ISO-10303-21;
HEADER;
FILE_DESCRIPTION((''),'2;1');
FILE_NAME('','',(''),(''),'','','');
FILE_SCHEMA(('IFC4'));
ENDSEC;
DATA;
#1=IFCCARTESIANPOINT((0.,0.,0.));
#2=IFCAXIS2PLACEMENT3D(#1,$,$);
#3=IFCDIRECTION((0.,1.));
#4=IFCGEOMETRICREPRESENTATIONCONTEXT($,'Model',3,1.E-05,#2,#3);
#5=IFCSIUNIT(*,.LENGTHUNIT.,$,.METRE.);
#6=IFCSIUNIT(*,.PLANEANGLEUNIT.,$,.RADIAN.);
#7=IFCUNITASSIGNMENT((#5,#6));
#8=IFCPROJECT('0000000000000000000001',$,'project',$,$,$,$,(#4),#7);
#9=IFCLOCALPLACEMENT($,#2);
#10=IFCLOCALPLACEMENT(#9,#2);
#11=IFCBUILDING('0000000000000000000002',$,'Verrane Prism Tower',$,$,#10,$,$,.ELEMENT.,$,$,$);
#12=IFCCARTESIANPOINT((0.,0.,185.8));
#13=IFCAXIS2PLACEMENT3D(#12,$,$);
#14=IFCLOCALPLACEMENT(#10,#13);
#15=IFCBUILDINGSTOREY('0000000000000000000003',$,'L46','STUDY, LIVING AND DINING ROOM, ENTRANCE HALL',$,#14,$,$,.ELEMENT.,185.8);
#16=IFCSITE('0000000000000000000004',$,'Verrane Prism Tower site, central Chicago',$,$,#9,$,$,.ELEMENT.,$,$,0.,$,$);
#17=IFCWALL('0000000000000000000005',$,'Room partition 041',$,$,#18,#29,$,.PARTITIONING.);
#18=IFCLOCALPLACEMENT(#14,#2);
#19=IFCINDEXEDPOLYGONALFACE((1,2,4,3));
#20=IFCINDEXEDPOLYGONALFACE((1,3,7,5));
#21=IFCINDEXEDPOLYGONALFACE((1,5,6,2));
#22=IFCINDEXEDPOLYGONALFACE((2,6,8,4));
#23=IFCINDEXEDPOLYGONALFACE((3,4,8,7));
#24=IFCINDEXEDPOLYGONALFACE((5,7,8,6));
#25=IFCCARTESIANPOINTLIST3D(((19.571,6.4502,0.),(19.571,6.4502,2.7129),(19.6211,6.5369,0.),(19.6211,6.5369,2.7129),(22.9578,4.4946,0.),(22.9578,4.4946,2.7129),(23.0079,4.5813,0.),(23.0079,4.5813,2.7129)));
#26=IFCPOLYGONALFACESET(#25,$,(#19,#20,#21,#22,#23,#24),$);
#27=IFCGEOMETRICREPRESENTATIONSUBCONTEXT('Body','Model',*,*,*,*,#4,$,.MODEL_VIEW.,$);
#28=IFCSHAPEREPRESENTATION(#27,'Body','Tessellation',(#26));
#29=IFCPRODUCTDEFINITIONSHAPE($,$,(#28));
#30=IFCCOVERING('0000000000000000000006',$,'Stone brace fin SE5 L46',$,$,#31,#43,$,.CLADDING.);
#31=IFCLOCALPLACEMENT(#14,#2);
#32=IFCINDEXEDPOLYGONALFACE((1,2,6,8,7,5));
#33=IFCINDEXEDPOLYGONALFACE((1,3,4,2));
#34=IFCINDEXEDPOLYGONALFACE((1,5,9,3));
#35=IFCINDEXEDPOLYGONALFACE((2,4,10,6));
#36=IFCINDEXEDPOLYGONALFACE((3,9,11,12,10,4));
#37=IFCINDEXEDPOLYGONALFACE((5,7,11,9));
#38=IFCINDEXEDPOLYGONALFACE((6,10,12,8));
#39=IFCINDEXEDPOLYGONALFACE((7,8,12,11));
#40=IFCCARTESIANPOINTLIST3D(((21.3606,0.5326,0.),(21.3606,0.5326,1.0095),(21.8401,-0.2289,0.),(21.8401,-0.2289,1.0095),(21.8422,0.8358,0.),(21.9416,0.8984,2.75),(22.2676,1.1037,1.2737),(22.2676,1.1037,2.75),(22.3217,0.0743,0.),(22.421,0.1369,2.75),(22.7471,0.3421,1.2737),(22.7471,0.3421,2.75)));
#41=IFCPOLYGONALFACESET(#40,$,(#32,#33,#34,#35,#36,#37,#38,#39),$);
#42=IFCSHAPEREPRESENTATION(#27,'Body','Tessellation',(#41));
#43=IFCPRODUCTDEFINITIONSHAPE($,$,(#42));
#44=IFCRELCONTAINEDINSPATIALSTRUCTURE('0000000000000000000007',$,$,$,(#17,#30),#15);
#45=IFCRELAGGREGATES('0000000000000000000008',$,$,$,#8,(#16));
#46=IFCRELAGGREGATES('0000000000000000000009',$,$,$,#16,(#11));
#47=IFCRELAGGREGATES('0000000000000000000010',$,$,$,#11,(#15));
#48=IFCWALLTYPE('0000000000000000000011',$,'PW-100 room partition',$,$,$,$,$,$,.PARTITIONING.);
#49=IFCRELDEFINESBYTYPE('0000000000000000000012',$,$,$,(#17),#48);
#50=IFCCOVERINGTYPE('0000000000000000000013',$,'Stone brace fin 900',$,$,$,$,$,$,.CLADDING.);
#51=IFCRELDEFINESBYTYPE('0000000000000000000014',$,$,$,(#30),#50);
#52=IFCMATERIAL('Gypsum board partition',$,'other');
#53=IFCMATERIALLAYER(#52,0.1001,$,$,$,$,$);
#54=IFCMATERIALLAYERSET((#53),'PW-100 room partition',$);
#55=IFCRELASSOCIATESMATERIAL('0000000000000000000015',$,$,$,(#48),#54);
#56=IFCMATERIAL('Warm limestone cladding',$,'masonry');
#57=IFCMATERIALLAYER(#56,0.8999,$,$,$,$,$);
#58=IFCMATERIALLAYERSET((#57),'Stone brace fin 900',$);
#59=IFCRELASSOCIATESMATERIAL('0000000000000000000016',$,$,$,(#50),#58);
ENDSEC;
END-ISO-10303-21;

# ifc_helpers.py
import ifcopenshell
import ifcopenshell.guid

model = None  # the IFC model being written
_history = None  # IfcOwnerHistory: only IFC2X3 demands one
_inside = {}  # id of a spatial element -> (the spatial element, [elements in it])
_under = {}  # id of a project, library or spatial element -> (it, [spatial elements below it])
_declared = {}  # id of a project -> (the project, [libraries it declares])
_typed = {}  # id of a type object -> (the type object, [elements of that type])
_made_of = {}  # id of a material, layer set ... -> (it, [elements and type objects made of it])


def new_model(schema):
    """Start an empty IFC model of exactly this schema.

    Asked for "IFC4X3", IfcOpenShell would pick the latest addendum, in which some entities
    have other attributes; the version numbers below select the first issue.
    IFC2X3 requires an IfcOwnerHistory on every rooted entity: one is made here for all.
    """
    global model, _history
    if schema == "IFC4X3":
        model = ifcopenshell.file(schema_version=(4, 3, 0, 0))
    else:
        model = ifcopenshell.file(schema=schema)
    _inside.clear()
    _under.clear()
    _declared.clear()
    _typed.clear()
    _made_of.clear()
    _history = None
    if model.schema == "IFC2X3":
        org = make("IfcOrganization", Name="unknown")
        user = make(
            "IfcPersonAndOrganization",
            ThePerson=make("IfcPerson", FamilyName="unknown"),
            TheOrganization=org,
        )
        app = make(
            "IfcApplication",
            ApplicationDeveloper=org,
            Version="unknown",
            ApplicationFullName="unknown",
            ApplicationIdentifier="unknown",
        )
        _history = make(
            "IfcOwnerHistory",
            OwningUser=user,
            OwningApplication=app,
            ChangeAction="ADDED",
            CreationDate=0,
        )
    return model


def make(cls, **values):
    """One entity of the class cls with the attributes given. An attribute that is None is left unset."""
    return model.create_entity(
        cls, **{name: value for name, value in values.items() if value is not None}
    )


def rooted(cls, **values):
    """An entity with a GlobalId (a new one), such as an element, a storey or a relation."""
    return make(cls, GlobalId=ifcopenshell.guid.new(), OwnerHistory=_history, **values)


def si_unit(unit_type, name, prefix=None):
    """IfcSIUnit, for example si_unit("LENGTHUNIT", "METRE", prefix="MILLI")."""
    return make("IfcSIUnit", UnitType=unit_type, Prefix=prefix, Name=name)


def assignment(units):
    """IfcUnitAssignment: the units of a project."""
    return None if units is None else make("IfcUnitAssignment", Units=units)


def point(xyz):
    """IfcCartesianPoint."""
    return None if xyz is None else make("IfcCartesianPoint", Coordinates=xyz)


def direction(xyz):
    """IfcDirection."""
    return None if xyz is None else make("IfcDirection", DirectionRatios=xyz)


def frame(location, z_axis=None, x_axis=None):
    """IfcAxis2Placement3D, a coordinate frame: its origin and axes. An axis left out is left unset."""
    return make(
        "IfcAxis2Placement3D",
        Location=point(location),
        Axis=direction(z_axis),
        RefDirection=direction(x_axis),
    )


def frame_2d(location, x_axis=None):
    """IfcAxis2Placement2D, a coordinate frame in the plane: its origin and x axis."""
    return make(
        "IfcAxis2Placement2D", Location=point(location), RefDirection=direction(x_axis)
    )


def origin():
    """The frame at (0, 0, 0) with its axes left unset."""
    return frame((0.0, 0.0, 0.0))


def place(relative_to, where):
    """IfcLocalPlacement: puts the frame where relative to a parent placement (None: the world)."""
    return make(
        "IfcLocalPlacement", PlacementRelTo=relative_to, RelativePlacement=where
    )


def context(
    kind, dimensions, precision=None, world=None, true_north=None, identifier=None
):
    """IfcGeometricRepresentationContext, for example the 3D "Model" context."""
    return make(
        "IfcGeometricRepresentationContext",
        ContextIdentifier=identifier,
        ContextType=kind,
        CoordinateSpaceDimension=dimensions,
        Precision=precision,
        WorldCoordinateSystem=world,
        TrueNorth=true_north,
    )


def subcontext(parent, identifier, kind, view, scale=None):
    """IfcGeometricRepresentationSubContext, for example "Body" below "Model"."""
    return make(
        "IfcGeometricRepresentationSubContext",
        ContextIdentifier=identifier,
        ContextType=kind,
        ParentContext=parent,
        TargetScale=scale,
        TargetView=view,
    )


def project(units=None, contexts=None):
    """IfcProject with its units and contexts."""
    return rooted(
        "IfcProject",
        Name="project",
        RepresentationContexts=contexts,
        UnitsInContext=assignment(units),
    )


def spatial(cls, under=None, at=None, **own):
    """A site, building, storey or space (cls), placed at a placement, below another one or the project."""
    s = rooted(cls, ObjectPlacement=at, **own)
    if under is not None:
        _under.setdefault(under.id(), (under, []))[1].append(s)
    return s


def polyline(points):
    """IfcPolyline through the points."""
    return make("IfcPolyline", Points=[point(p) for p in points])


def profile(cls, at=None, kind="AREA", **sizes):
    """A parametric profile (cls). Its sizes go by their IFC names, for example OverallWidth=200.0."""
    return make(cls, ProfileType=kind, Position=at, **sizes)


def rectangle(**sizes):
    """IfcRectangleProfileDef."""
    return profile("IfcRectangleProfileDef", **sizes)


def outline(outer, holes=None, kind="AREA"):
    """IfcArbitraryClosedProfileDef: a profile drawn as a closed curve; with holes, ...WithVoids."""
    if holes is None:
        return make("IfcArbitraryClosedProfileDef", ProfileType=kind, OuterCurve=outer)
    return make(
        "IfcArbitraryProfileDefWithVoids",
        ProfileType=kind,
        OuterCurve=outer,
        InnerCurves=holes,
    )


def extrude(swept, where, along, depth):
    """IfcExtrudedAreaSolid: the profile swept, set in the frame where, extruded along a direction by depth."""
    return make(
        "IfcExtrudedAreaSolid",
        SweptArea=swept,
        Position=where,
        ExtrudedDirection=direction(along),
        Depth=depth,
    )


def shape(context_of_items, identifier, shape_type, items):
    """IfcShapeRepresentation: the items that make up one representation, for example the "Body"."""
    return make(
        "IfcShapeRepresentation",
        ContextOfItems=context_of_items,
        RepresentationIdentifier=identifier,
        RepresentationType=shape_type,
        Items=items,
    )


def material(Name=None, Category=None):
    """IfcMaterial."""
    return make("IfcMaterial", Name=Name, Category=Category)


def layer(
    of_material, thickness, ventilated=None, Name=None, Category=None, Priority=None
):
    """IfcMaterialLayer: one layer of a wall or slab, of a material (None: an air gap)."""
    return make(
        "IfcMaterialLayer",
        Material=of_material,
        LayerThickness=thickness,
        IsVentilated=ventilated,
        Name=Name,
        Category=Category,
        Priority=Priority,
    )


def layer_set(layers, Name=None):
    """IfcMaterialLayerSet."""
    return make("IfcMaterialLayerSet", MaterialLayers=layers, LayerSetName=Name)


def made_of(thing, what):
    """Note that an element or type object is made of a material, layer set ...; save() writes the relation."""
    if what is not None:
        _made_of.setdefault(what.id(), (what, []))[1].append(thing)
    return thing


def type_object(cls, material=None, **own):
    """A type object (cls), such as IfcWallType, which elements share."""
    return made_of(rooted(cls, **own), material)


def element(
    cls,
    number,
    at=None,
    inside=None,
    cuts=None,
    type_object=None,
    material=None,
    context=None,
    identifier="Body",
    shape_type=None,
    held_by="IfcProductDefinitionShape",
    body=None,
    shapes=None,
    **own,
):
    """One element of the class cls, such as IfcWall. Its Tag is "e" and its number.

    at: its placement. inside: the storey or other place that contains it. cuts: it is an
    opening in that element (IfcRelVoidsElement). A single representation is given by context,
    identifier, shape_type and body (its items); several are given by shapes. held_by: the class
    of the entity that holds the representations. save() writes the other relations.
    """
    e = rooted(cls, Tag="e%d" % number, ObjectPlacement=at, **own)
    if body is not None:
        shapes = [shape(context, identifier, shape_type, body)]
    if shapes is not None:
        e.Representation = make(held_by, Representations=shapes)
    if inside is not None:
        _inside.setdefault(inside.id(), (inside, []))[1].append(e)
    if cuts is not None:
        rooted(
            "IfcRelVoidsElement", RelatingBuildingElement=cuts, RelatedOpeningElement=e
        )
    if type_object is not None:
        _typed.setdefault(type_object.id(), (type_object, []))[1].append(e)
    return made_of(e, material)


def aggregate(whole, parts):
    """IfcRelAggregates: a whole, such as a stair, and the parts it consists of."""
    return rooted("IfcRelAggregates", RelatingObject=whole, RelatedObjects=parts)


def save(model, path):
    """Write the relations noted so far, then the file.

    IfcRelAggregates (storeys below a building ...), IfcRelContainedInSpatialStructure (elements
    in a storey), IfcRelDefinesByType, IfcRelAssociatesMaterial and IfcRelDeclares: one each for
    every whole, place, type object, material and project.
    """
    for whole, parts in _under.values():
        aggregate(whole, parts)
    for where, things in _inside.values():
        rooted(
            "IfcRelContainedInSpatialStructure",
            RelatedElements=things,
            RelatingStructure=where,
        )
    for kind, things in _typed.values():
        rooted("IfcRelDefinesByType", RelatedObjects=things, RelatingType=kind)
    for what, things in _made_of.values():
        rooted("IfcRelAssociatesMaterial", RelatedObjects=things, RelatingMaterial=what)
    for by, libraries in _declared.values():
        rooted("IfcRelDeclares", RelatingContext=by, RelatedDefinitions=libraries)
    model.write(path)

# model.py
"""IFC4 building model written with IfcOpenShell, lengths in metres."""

from ifc_helpers import new_model, si_unit, direction, frame, frame_2d, origin, place, context, subcontext, project, spatial, polyline, rectangle, outline, extrude, material, layer, layer_set, type_object, element, save


model = new_model("IFC4")

# Units and contexts
model_context = context("Model", 3, precision=1e-05, world=origin(), true_north=direction((0.0, 1.0)))
body_context = subcontext(model_context, "Body", "Model", "MODEL_VIEW")
ifc_project = project(units=[si_unit("LENGTHUNIT", "METRE"), si_unit("PLANEANGLEUNIT", "RADIAN")], contexts=[model_context])

# Site, building, storey
site_placement = place(None, origin())
site = spatial("IfcSite", under=ifc_project, at=site_placement, Name="Verrane Prism Tower site, central Chicago", CompositionType="ELEMENT", RefElevation=0.0)
building_placement = place(site_placement, origin())
building = spatial("IfcBuilding", under=site, at=building_placement, Name="Verrane Prism Tower", CompositionType="ELEMENT")
storey_placement = place(building_placement, frame((0.0, 0.0, 185.8)))
storey = spatial("IfcBuildingStorey", under=building, at=storey_placement, Name="L46", Description="STUDY, LIVING AND DINING ROOM, ENTRANCE HALL", CompositionType="ELEMENT", Elevation=185.8)

# Shared definitions
ifc_material_1 = material(Name="Gypsum board partition", Category="other")
ifc_layer_1 = layer(ifc_material_1, 0.1001)
ifc_layer_set_1 = layer_set([ifc_layer_1], Name="PW-100 room partition")
wall_type_1 = type_object("IfcWallType", Name="PW-100 room partition", PredefinedType="PARTITIONING", material=ifc_layer_set_1)

# Wall
wall_1_placement = place(storey_placement, frame((19.5959, 6.4937, 0.0), z_axis=(0.0, 0.0, 1.0), x_axis=(0.865998, -0.500047, 0.0)))
element("IfcWall", 1, at=wall_1_placement, inside=storey, type_object=wall_type_1, Name="Room partition 041", PredefinedType="PARTITIONING", context=body_context, shape_type="SweptSolid", body=[
    extrude(rectangle(XDim=3.9109, YDim=0.1001, at=frame_2d((1.9556, 0.0))), origin(), (0.0, 0.0, 1.0), 2.7129),
])

# Covering
ifc_material_2 = material(Name="Warm limestone cladding", Category="masonry")
ifc_layer_2 = layer(ifc_material_2, 0.8999)
ifc_layer_set_2 = layer_set([ifc_layer_2], Name="Stone brace fin 900")
covering_type = type_object("IfcCoveringType", Name="Stone brace fin 900", PredefinedType="CLADDING", material=ifc_layer_set_2)
covering_placement = place(storey_placement, frame((21.6003, 0.1519, 0.0), z_axis=(0.0, 0.0, 1.0), x_axis=(0.84624, 0.532801, 0.0)))
element("IfcCovering", 2, at=covering_placement, inside=storey, type_object=covering_type, Name="Stone brace fin SE5 L46", PredefinedType="CLADDING", context=body_context, shape_type="SweptSolid", body=[
    extrude(outline(polyline([(1.0718, 2.75), (0.6865, 2.75), (0.0, 1.0095), (0.0, 0.0), (0.5691, 0.0), (1.0718, 1.2737), (1.0718, 2.75)])), frame((0.0, 0.45, 0.0), z_axis=(0.0, -1.0, 0.0), x_axis=(1.0, 0.0, 0.0)), (0.0, 0.0, 1.0), 0.8999),
])

save(model, "model.ifc")
